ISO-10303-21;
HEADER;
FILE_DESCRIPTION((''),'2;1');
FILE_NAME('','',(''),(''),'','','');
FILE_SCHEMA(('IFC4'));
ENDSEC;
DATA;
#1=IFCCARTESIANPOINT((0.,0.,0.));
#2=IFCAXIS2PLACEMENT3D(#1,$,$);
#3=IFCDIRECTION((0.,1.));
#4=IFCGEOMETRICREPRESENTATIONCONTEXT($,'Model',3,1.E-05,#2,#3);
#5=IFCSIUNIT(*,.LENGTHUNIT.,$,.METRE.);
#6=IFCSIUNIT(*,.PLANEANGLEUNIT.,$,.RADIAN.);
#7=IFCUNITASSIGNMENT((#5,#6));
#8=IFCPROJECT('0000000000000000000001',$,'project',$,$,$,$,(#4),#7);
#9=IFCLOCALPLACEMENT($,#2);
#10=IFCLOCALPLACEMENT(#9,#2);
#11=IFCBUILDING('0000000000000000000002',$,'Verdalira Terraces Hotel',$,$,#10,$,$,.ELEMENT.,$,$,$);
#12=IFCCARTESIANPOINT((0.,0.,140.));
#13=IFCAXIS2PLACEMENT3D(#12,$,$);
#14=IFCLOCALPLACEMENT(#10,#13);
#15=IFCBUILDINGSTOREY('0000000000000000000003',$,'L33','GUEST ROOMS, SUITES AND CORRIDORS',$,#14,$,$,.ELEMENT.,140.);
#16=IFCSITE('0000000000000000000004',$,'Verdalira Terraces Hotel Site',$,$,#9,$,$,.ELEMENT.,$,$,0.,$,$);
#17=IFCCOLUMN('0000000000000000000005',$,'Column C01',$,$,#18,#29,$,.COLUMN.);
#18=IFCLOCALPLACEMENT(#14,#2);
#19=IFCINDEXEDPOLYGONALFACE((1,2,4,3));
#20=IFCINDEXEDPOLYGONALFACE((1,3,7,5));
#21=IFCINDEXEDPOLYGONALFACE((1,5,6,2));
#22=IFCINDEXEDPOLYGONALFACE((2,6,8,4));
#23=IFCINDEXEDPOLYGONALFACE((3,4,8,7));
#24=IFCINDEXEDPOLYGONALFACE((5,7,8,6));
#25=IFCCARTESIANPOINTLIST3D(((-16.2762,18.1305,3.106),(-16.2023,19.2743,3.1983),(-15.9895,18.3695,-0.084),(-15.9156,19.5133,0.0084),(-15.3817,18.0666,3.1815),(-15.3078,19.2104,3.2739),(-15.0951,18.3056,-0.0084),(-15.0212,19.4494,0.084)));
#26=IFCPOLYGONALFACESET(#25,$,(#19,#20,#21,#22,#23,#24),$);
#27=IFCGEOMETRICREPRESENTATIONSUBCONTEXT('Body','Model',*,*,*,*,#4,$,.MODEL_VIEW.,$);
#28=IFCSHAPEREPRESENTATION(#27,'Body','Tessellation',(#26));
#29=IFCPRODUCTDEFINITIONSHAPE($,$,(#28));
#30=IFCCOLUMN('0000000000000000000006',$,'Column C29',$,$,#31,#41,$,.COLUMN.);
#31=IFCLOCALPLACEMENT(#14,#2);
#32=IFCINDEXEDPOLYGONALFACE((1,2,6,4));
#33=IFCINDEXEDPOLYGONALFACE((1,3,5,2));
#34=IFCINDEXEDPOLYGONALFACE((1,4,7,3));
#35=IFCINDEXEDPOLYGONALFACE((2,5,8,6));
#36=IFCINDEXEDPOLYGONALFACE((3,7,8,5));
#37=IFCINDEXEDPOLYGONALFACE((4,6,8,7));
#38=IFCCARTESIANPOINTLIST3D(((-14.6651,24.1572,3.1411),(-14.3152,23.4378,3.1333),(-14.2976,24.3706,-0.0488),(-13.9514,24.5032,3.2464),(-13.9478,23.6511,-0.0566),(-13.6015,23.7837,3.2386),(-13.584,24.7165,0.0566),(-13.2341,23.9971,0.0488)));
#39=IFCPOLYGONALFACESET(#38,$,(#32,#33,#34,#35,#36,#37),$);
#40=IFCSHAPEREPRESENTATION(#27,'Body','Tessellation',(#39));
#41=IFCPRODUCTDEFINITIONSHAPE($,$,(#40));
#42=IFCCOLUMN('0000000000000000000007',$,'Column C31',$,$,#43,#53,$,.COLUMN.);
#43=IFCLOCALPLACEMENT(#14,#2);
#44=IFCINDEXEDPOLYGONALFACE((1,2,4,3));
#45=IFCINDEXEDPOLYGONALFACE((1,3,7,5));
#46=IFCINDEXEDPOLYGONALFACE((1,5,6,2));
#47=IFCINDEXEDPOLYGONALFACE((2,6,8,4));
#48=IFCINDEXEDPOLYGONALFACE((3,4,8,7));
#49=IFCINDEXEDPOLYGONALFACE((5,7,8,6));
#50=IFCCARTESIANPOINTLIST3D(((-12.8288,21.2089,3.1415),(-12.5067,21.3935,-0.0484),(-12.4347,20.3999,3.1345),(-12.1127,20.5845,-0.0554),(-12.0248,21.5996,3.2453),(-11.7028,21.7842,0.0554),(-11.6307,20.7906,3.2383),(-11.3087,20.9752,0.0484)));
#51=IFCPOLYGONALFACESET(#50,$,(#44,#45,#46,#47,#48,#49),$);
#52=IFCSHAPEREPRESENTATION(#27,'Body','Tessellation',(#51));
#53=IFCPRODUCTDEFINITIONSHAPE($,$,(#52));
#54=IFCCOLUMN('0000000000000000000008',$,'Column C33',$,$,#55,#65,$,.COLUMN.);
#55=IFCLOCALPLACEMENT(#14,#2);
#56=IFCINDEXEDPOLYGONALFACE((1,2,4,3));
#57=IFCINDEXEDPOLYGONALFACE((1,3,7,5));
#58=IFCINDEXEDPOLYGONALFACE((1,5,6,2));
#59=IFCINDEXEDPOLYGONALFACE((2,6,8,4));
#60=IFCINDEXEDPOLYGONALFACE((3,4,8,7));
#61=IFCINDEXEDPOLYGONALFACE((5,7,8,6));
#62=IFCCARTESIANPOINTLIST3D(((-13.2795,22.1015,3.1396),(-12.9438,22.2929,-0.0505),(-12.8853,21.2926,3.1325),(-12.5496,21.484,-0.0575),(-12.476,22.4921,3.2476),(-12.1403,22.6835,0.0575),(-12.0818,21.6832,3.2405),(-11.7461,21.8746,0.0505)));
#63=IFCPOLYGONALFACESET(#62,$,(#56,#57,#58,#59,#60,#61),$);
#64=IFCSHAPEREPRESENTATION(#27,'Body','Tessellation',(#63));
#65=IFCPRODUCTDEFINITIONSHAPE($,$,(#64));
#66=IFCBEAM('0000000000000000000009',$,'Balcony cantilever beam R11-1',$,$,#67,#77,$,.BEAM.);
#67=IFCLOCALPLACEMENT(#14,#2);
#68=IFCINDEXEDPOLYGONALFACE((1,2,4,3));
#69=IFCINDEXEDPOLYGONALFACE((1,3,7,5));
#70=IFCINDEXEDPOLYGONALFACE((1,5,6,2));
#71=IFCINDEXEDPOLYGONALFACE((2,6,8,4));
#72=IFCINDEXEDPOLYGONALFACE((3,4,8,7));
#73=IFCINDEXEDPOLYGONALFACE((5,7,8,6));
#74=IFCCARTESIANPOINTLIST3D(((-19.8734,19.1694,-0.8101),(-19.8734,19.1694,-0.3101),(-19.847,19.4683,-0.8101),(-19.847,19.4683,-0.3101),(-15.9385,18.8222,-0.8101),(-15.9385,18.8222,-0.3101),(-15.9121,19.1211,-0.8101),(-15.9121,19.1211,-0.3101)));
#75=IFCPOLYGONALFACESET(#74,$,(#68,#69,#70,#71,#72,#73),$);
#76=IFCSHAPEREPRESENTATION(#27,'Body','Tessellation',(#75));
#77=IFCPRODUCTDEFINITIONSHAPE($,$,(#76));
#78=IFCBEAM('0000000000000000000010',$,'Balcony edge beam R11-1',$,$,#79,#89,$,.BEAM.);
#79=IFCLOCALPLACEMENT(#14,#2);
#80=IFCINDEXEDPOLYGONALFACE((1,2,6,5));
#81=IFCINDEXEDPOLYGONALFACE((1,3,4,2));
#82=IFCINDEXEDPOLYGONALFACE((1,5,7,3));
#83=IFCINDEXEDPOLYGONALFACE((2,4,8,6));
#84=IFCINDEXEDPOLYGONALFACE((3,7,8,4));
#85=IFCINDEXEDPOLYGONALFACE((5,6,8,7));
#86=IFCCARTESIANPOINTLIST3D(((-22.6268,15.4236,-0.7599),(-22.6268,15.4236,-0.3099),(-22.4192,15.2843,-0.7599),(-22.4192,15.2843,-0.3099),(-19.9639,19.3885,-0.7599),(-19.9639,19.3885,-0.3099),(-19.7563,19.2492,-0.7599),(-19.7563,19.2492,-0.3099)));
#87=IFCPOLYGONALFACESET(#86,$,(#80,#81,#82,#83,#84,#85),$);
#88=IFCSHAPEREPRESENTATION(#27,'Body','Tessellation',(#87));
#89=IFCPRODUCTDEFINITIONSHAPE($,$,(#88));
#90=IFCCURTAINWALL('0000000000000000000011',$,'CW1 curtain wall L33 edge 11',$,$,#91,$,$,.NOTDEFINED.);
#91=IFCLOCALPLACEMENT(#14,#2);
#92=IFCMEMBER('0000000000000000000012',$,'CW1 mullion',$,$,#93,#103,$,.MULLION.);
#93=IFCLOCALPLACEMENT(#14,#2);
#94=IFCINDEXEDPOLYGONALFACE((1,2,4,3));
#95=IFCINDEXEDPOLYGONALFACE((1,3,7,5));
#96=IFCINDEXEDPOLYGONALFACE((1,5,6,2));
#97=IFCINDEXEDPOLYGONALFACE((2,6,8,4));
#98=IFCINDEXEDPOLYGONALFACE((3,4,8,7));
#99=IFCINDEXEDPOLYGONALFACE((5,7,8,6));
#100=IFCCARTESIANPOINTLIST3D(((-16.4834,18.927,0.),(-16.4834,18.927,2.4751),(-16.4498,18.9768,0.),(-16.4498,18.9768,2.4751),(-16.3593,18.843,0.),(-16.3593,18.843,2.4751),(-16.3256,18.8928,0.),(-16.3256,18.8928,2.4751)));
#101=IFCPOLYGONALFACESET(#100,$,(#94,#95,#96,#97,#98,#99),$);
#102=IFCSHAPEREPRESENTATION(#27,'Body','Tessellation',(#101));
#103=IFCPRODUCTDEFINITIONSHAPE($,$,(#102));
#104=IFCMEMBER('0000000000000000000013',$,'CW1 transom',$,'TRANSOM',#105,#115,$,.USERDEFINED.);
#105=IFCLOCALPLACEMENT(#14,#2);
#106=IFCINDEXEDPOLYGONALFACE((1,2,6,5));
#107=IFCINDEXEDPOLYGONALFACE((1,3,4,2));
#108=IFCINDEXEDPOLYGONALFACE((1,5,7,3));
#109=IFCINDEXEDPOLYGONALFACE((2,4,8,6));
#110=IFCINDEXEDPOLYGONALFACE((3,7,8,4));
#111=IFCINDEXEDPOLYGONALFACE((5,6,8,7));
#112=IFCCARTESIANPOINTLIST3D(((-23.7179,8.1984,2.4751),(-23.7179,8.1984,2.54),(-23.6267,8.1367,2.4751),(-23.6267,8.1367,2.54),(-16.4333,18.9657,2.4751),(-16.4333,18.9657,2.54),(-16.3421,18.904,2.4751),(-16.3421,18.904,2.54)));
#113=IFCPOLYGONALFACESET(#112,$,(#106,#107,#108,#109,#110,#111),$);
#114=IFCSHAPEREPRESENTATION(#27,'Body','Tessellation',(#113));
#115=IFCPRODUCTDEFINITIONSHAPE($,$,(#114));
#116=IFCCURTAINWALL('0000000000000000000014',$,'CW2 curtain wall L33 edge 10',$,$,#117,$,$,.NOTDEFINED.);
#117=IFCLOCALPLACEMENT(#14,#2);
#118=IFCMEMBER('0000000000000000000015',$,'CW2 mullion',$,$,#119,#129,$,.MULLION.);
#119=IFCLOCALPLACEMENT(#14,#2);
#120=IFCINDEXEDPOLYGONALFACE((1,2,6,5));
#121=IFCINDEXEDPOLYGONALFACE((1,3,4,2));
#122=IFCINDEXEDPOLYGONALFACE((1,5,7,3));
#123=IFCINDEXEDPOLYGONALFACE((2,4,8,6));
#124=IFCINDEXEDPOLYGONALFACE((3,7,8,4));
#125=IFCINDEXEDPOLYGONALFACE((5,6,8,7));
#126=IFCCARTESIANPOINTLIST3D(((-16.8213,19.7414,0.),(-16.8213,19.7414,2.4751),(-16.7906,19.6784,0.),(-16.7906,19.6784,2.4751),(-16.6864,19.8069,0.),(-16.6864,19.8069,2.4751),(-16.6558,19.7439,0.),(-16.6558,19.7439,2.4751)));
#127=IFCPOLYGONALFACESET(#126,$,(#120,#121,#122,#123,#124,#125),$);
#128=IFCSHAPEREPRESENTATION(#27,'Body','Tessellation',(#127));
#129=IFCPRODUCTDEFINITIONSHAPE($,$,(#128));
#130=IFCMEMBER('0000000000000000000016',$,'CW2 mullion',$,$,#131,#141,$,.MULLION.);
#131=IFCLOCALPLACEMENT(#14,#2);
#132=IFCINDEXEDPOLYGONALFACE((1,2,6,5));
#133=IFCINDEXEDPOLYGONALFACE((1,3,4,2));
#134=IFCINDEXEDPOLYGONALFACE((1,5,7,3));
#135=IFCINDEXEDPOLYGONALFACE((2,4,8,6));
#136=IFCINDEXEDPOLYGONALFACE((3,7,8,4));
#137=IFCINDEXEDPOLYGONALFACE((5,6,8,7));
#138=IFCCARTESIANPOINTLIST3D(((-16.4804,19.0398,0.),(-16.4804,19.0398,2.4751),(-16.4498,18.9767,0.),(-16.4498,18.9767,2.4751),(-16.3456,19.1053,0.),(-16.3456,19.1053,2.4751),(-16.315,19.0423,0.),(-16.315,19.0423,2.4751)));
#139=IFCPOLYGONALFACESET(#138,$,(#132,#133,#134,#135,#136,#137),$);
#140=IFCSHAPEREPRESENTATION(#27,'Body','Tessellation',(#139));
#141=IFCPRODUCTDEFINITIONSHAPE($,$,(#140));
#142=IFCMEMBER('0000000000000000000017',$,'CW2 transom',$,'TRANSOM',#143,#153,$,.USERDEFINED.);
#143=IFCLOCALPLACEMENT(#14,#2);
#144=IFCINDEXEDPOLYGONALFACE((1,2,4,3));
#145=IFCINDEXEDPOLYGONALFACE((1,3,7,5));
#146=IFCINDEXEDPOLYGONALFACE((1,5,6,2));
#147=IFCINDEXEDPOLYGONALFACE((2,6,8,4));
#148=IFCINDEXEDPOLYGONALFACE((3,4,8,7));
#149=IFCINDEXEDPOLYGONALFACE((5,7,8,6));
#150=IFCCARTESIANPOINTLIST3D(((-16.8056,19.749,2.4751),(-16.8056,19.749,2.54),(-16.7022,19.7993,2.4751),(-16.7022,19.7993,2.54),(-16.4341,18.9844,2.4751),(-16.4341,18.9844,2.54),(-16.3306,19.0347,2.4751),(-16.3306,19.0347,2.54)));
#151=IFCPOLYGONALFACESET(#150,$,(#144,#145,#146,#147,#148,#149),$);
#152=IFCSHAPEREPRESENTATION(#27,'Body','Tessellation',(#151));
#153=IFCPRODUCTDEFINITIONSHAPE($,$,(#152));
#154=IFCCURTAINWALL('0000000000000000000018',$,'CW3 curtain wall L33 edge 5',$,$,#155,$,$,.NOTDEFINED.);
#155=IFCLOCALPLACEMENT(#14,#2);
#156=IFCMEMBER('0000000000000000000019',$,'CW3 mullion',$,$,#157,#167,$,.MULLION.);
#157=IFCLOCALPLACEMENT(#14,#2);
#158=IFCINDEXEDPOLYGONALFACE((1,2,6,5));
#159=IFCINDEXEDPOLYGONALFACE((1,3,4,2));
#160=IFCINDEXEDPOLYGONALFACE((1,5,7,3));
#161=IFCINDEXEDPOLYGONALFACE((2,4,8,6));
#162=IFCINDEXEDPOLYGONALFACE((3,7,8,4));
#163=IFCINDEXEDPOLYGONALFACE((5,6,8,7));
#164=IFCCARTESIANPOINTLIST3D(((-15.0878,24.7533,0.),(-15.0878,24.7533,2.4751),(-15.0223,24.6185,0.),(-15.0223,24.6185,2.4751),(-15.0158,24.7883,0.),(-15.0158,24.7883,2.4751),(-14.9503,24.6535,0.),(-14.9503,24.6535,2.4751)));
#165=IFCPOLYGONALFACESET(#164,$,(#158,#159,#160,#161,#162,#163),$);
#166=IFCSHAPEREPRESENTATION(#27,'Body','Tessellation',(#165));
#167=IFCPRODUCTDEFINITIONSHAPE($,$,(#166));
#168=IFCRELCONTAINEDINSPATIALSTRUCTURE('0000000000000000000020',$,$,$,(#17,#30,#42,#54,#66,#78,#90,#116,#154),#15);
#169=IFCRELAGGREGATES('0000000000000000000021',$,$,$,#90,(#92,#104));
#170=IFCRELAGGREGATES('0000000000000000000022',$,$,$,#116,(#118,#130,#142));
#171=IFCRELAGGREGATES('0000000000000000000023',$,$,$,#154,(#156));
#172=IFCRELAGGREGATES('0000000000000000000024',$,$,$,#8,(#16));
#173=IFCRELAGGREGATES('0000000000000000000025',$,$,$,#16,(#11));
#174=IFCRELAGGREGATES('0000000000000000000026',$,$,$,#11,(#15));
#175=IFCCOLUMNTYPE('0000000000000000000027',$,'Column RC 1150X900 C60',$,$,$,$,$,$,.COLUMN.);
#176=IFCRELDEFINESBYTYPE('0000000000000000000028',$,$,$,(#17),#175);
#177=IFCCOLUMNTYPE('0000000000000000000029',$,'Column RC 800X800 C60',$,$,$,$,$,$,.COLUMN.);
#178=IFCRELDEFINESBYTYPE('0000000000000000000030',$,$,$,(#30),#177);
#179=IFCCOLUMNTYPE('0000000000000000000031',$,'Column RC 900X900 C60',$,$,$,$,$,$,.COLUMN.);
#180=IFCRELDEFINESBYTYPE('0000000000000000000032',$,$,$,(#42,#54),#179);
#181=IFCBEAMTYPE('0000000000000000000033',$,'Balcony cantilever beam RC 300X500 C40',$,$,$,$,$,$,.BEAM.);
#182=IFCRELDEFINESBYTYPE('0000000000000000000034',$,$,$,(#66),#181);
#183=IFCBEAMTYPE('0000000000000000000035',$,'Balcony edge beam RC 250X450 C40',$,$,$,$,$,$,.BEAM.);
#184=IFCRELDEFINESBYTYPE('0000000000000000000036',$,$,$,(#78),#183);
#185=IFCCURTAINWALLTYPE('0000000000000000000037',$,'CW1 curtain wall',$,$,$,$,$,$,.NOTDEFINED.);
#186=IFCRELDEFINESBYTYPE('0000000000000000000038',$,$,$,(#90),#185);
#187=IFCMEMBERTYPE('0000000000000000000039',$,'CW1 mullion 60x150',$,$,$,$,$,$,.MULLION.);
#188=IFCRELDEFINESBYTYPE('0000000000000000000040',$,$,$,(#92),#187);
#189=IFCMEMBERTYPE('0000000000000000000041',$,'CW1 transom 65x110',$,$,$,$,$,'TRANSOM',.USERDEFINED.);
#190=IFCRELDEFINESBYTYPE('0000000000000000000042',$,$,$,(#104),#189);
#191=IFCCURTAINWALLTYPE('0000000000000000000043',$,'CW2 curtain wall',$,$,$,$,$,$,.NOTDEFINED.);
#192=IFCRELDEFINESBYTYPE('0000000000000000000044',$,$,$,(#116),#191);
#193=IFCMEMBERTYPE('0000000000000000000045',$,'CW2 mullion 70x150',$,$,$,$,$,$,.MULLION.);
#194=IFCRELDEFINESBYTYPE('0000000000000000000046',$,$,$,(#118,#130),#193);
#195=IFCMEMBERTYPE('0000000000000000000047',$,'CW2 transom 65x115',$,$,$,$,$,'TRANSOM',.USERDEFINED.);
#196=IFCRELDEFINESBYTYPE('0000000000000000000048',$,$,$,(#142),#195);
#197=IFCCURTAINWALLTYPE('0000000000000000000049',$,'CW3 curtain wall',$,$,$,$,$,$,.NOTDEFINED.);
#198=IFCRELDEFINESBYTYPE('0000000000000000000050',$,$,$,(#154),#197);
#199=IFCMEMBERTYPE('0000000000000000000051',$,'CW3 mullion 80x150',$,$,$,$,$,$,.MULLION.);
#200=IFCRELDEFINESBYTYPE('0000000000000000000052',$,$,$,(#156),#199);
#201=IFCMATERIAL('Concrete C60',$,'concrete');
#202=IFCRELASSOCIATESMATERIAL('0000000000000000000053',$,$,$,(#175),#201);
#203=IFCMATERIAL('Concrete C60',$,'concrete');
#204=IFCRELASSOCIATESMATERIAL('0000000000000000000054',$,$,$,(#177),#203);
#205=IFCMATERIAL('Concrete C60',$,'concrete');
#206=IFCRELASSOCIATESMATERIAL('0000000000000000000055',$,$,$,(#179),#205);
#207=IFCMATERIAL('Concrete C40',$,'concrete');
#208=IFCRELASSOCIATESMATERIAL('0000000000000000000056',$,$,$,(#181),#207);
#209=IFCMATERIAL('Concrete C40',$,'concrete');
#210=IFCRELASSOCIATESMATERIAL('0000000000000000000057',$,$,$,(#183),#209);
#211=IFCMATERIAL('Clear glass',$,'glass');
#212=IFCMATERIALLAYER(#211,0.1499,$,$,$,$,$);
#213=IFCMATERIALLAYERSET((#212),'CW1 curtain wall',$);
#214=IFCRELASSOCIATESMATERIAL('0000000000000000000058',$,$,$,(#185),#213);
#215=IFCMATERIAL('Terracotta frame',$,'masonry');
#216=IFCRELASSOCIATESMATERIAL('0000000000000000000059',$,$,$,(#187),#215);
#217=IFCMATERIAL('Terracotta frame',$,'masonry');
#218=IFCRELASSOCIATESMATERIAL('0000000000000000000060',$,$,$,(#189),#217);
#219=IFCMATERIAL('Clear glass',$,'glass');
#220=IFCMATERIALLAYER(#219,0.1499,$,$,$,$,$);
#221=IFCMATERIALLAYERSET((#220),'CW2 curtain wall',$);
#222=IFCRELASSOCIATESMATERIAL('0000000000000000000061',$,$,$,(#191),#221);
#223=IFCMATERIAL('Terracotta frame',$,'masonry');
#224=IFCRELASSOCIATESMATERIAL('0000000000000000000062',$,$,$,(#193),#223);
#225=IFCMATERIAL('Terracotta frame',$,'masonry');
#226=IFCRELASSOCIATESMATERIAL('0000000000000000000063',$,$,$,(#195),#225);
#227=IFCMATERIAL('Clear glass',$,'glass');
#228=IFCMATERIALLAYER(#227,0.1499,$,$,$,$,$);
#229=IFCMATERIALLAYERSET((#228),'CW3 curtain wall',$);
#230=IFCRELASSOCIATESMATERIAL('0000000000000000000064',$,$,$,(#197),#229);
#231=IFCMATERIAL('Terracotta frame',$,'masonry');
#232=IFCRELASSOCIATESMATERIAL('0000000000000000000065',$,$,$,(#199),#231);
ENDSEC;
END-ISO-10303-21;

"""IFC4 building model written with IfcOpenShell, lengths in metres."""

from ifc_helpers import new_model, si_unit, direction, frame, origin, origin_2d, place, context, subcontext, project, spatial, rectangle, extrude, material, layer, layer_set, material_profile, profile_set, type_object, element, aggregate, save


model = new_model("IFC4")

# Units and contexts
model_context = context("Model", 3, precision=1e-05, world=origin(), true_north=direction((0.0, 1.0)))
body_context = subcontext(model_context, "Body", "Model", "MODEL_VIEW")
ifc_project = project(units=[si_unit("LENGTHUNIT", "METRE"), si_unit("PLANEANGLEUNIT", "RADIAN")], contexts=[model_context])

# Site, building, storey
site_placement = place(None, origin())
site = spatial("IfcSite", under=ifc_project, at=site_placement, Name="Verdalira Terraces Hotel Site", CompositionType="ELEMENT", RefElevation=0.0)
building_placement = place(site_placement, origin())
building = spatial("IfcBuilding", under=site, at=building_placement, Name="Verdalira Terraces Hotel", CompositionType="ELEMENT")
storey_placement = place(building_placement, frame((0.0, 0.0, 140.0)))
storey = spatial("IfcBuildingStorey", under=building, at=storey_placement, Name="L33", Description="GUEST ROOMS, SUITES AND CORRIDORS", CompositionType="ELEMENT", Elevation=140.0)

# Columns
ifc_material_1 = material(Name="Concrete C60", Category="concrete")
ifc_material_profile_1 = material_profile(ifc_material_1, rectangle(XDim=1.1499, YDim=0.8999, at=origin_2d()), Name="RC 1150X900")
ifc_profile_set_1 = profile_set([ifc_material_profile_1], Name="Concrete C60")
column_type_1 = type_object("IfcColumnType", Name="Column RC 1150X900 C60", PredefinedType="COLUMN", material=ifc_profile_set_1)
column_1_placement = place(storey_placement, frame((-15.5054, 18.9094, 0.0), z_axis=(-0.089243, -0.07442, 0.993226), x_axis=(0.064272, 0.994696, 0.080305)))
element("IfcColumn", 1, at=column_1_placement, inside=storey, type_object=column_type_1, Name="Column C01", PredefinedType="COLUMN", context=body_context, shape_type="SweptSolid", body=[
    extrude(rectangle(XDim=1.1499, YDim=0.8999, at=origin_2d()), origin(), (0.0, 0.0, 1.0), 3.2117),
])
ifc_material_2 = material(Name="Concrete C60", Category="concrete")
ifc_material_profile_2 = material_profile(ifc_material_2, rectangle(XDim=0.8, YDim=0.8, at=origin_2d()), Name="RC 800X800")
ifc_profile_set_2 = profile_set([ifc_material_profile_2], Name="Concrete C60")
column_type_2 = type_object("IfcColumnType", Name="Column RC 800X800 C60", PredefinedType="COLUMN", material=ifc_profile_set_2)
column_2_placement = place(storey_placement, frame((-13.7659, 24.1838, 0.0), z_axis=(-0.114176, -0.066306, 0.991245), x_axis=(-0.892018, -0.432396, -0.13167)))
element("IfcColumn", 2, at=column_2_placement, inside=storey, type_object=column_type_2, Name="Column C29", PredefinedType="COLUMN", context=body_context, shape_type="SweptSolid", body=[
    extrude(rectangle(XDim=0.8, YDim=0.8, at=origin_2d()), origin(), (0.0, 0.0, 1.0), 3.218),
])
ifc_material_3 = material(Name="Concrete C60", Category="concrete")
ifc_material_profile_3 = material_profile(ifc_material_3, rectangle(XDim=0.8999, YDim=0.8999, at=origin_2d()), Name="RC 900X900")
ifc_profile_set_3 = profile_set([ifc_material_profile_3], Name="Concrete C60")
column_type_3 = type_object("IfcColumnType", Name="Column RC 900X900 C60", PredefinedType="COLUMN", material=ifc_profile_set_3)
column_3_placement = place(storey_placement, frame((-11.9077, 21.1843, 0.0), z_axis=(-0.100273, -0.057472, 0.993299), x_axis=(-0.437902, 0.898989, 0.00781)))
element("IfcColumn", 3, at=column_3_placement, inside=storey, type_object=column_type_3, Name="Column C31", PredefinedType="COLUMN", context=body_context, shape_type="SweptSolid", body=[
    extrude(rectangle(XDim=0.8999, YDim=0.8999, at=origin_2d()), origin(), (0.0, 0.0, 1.0), 3.2114),
])
column_4_placement = place(storey_placement, frame((-12.345, 22.0837, 0.0), z_axis=(-0.104471, -0.059568, 0.992742), x_axis=(-0.43804, 0.898921, 0.007841)))
element("IfcColumn", 4, at=column_4_placement, inside=storey, type_object=column_type_3, Name="Column C33", PredefinedType="COLUMN", context=body_context, shape_type="SweptSolid", body=[
    extrude(rectangle(XDim=0.8999, YDim=0.8999, at=origin_2d()), origin(), (0.0, 0.0, 1.0), 3.2134),
])

# Beams
ifc_material_4 = material(Name="Concrete C40", Category="concrete")
ifc_material_profile_4 = material_profile(ifc_material_4, rectangle(XDim=0.3, YDim=0.5, at=origin_2d()), Name="RC 300X500")
ifc_profile_set_4 = profile_set([ifc_material_profile_4], Name="Concrete C40")
beam_type_1 = type_object("IfcBeamType", Name="Balcony cantilever beam RC 300X500 C40", PredefinedType="BEAM", material=ifc_profile_set_4)
beam_1_placement = place(storey_placement, frame((-15.9253, 18.9717, -0.5601), z_axis=(-0.99613, 0.087888, 0.0), x_axis=(-0.087888, -0.99613, 0.0)))
element("IfcBeam", 5, at=beam_1_placement, inside=storey, type_object=beam_type_1, Name="Balcony cantilever beam R11-1", PredefinedType="BEAM", context=body_context, shape_type="SweptSolid", body=[
    extrude(rectangle(XDim=0.3, YDim=0.5, at=origin_2d()), origin(), (0.0, 0.0, 1.0), 3.9502),
])
ifc_material_5 = material(Name="Concrete C40", Category="concrete")
ifc_material_profile_5 = material_profile(ifc_material_5, rectangle(XDim=0.25, YDim=0.45, at=origin_2d()), Name="RC 250X450")
ifc_profile_set_5 = profile_set([ifc_material_profile_5], Name="Concrete C40")
beam_type_2 = type_object("IfcBeamType", Name="Balcony edge beam RC 250X450 C40", PredefinedType="BEAM", material=ifc_profile_set_5)
beam_2_placement = place(storey_placement, frame((-19.8601, 19.3188, -0.5349), z_axis=(-0.55754, -0.83015, 0.0), x_axis=(0.83015, -0.55754, 0.0)))
element("IfcBeam", 6, at=beam_2_placement, inside=storey, type_object=beam_type_2, Name="Balcony edge beam R11-1", PredefinedType="BEAM", context=body_context, shape_type="SweptSolid", body=[
    extrude(rectangle(XDim=0.25, YDim=0.45, at=origin_2d()), origin(), (0.0, 0.0, 1.0), 4.7761),
])

# Curtain walls, members
ifc_material_6 = material(Name="Clear glass", Category="glass")
ifc_layer_1 = layer(ifc_material_6, 0.1499)
ifc_layer_set_1 = layer_set([ifc_layer_1], Name="CW1 curtain wall")
curtain_wall_type_1 = type_object("IfcCurtainWallType", Name="CW1 curtain wall", PredefinedType="NOTDEFINED", material=ifc_layer_set_1)
curtain_wall_1_placement = place(storey_placement, origin())
curtain_wall_1 = element("IfcCurtainWall", 7, at=curtain_wall_1_placement, inside=storey, type_object=curtain_wall_type_1, Name="CW1 curtain wall L33 edge 11", PredefinedType="NOTDEFINED")
ifc_material_7 = material(Name="Terracotta frame", Category="masonry")
ifc_material_profile_6 = material_profile(ifc_material_7, rectangle(XDim=0.0601, YDim=0.1499, at=origin_2d()), Name="MU 60x150")
ifc_profile_set_6 = profile_set([ifc_material_profile_6], Name="Terracotta frame")
member_type_1 = type_object("IfcMemberType", Name="CW1 mullion 60x150", PredefinedType="MULLION", material=ifc_profile_set_6)
member_1_placement = place(storey_placement, frame((-16.4045, 18.9099, 0.0), z_axis=(0.0, 0.0, 1.0), x_axis=(-0.56035, -0.828256, 0.0)))
member_1 = element("IfcMember", 8, at=member_1_placement, type_object=member_type_1, Name="CW1 mullion", PredefinedType="MULLION", context=body_context, shape_type="SweptSolid", body=[
    extrude(rectangle(XDim=0.0601, YDim=0.1499, at=origin_2d()), origin(), (0.0, 0.0, 1.0), 2.4751),
])
ifc_material_8 = material(Name="Terracotta frame", Category="masonry")
ifc_material_profile_7 = material_profile(ifc_material_8, rectangle(XDim=0.1101, YDim=0.0649, at=origin_2d()), Name="TR 65x110")
ifc_profile_set_7 = profile_set([ifc_material_profile_7], Name="Terracotta frame")
member_type_2 = type_object("IfcMemberType", Name="CW1 transom 65x110", ElementType="TRANSOM", PredefinedType="USERDEFINED", material=ifc_profile_set_7)
member_2_placement = place(storey_placement, frame((-16.3877, 18.9348, 2.5076), z_axis=(-0.560356, -0.828252, 0.0), x_axis=(0.828252, -0.560356, 0.0)))
member_2 = element("IfcMember", 9, at=member_2_placement, type_object=member_type_2, Name="CW1 transom", ObjectType="TRANSOM", PredefinedType="USERDEFINED", context=body_context, shape_type="SweptSolid", body=[
    extrude(rectangle(XDim=0.1101, YDim=0.0649, at=origin_2d()), origin(), (0.0, 0.0, 1.0), 13.0),
])
aggregate(curtain_wall_1, [member_1, member_2])
ifc_material_9 = material(Name="Clear glass", Category="glass")
ifc_layer_2 = layer(ifc_material_9, 0.1499)
ifc_layer_set_2 = layer_set([ifc_layer_2], Name="CW2 curtain wall")
curtain_wall_type_2 = type_object("IfcCurtainWallType", Name="CW2 curtain wall", PredefinedType="NOTDEFINED", material=ifc_layer_set_2)
curtain_wall_2_placement = place(storey_placement, origin())
curtain_wall_2 = element("IfcCurtainWall", 10, at=curtain_wall_2_placement, inside=storey, type_object=curtain_wall_type_2, Name="CW2 curtain wall L33 edge 10", PredefinedType="NOTDEFINED")
ifc_material_10 = material(Name="Terracotta frame", Category="masonry")
ifc_material_profile_8 = material_profile(ifc_material_10, rectangle(XDim=0.0701, YDim=0.1499, at=origin_2d()), Name="MU 70x150")
ifc_profile_set_8 = profile_set([ifc_material_profile_8], Name="Terracotta frame")
member_type_3 = type_object("IfcMemberType", Name="CW2 mullion 70x150", PredefinedType="MULLION", material=ifc_profile_set_8)
member_3_placement = place(storey_placement, frame((-16.7385, 19.7427, 0.0), z_axis=(0.0, 0.0, 1.0), x_axis=(0.437116, -0.899405, 0.0)))
member_3 = element("IfcMember", 11, at=member_3_placement, type_object=member_type_3, Name="CW2 mullion", PredefinedType="MULLION", context=body_context, shape_type="SweptSolid", body=[
    extrude(rectangle(XDim=0.0701, YDim=0.1499, at=origin_2d()), origin(), (0.0, 0.0, 1.0), 2.4751),
])
member_4_placement = place(storey_placement, frame((-16.3977, 19.041, 0.0), z_axis=(0.0, 0.0, 1.0), x_axis=(0.437116, -0.899405, 0.0)))
member_4 = element("IfcMember", 12, at=member_4_placement, type_object=member_type_3, Name="CW2 mullion", PredefinedType="MULLION", context=body_context, shape_type="SweptSolid", body=[
    extrude(rectangle(XDim=0.0701, YDim=0.1499, at=origin_2d()), origin(), (0.0, 0.0, 1.0), 2.4751),
])
ifc_material_11 = material(Name="Terracotta frame", Category="masonry")
ifc_material_profile_9 = material_profile(ifc_material_11, rectangle(XDim=0.115, YDim=0.0649, at=origin_2d()), Name="TR 65x115")
ifc_profile_set_9 = profile_set([ifc_material_profile_9], Name="Terracotta frame")
member_type_4 = type_object("IfcMemberType", Name="CW2 transom 65x115", ElementType="TRANSOM", PredefinedType="USERDEFINED", material=ifc_profile_set_9)
member_5_placement = place(storey_placement, frame((-16.7539, 19.7742, 2.5076), z_axis=(0.437077, -0.899424, 0.0), x_axis=(0.899424, 0.437077, 0.0)))
member_5 = element("IfcMember", 13, at=member_5_placement, type_object=member_type_4, Name="CW2 transom", ObjectType="TRANSOM", PredefinedType="USERDEFINED", context=body_context, shape_type="SweptSolid", body=[
    extrude(rectangle(XDim=0.115, YDim=0.0649, at=origin_2d()), origin(), (0.0, 0.0, 1.0), 0.8501),
])

# Curtain wall, member
ifc_material_12 = material(Name="Clear glass", Category="glass")
ifc_layer_3 = layer(ifc_material_12, 0.1499)
ifc_layer_set_3 = layer_set([ifc_layer_3], Name="CW3 curtain wall")
curtain_wall_type_3 = type_object("IfcCurtainWallType", Name="CW3 curtain wall", PredefinedType="NOTDEFINED", material=ifc_layer_set_3)
curtain_wall_3_placement = place(storey_placement, origin())
curtain_wall_3 = element("IfcCurtainWall", 14, at=curtain_wall_3_placement, inside=storey, type_object=curtain_wall_type_3, Name="CW3 curtain wall L33 edge 5", PredefinedType="NOTDEFINED")
ifc_material_13 = material(Name="Terracotta frame", Category="masonry")
ifc_material_profile_10 = material_profile(ifc_material_13, rectangle(XDim=0.0801, YDim=0.1499, at=origin_2d()), Name="MU 80x150")
ifc_profile_set_10 = profile_set([ifc_material_profile_10], Name="Terracotta frame")
member_type_5 = type_object("IfcMemberType", Name="CW3 mullion 80x150", PredefinedType="MULLION", material=ifc_profile_set_10)
member_6_placement = place(storey_placement, frame((-15.019, 24.7034, 0.0), z_axis=(0.0, 0.0, 1.0), x_axis=(-0.899405, -0.437116, 0.0)))
member_6 = element("IfcMember", 15, at=member_6_placement, type_object=member_type_5, Name="CW3 mullion", PredefinedType="MULLION", context=body_context, shape_type="SweptSolid", body=[
    extrude(rectangle(XDim=0.0801, YDim=0.1499, at=origin_2d()), origin(), (0.0, 0.0, 1.0), 2.4751),
])

aggregate(curtain_wall_2, [member_3, member_4, member_5])
aggregate(curtain_wall_3, [member_6])

save(model, "model.ifc")
